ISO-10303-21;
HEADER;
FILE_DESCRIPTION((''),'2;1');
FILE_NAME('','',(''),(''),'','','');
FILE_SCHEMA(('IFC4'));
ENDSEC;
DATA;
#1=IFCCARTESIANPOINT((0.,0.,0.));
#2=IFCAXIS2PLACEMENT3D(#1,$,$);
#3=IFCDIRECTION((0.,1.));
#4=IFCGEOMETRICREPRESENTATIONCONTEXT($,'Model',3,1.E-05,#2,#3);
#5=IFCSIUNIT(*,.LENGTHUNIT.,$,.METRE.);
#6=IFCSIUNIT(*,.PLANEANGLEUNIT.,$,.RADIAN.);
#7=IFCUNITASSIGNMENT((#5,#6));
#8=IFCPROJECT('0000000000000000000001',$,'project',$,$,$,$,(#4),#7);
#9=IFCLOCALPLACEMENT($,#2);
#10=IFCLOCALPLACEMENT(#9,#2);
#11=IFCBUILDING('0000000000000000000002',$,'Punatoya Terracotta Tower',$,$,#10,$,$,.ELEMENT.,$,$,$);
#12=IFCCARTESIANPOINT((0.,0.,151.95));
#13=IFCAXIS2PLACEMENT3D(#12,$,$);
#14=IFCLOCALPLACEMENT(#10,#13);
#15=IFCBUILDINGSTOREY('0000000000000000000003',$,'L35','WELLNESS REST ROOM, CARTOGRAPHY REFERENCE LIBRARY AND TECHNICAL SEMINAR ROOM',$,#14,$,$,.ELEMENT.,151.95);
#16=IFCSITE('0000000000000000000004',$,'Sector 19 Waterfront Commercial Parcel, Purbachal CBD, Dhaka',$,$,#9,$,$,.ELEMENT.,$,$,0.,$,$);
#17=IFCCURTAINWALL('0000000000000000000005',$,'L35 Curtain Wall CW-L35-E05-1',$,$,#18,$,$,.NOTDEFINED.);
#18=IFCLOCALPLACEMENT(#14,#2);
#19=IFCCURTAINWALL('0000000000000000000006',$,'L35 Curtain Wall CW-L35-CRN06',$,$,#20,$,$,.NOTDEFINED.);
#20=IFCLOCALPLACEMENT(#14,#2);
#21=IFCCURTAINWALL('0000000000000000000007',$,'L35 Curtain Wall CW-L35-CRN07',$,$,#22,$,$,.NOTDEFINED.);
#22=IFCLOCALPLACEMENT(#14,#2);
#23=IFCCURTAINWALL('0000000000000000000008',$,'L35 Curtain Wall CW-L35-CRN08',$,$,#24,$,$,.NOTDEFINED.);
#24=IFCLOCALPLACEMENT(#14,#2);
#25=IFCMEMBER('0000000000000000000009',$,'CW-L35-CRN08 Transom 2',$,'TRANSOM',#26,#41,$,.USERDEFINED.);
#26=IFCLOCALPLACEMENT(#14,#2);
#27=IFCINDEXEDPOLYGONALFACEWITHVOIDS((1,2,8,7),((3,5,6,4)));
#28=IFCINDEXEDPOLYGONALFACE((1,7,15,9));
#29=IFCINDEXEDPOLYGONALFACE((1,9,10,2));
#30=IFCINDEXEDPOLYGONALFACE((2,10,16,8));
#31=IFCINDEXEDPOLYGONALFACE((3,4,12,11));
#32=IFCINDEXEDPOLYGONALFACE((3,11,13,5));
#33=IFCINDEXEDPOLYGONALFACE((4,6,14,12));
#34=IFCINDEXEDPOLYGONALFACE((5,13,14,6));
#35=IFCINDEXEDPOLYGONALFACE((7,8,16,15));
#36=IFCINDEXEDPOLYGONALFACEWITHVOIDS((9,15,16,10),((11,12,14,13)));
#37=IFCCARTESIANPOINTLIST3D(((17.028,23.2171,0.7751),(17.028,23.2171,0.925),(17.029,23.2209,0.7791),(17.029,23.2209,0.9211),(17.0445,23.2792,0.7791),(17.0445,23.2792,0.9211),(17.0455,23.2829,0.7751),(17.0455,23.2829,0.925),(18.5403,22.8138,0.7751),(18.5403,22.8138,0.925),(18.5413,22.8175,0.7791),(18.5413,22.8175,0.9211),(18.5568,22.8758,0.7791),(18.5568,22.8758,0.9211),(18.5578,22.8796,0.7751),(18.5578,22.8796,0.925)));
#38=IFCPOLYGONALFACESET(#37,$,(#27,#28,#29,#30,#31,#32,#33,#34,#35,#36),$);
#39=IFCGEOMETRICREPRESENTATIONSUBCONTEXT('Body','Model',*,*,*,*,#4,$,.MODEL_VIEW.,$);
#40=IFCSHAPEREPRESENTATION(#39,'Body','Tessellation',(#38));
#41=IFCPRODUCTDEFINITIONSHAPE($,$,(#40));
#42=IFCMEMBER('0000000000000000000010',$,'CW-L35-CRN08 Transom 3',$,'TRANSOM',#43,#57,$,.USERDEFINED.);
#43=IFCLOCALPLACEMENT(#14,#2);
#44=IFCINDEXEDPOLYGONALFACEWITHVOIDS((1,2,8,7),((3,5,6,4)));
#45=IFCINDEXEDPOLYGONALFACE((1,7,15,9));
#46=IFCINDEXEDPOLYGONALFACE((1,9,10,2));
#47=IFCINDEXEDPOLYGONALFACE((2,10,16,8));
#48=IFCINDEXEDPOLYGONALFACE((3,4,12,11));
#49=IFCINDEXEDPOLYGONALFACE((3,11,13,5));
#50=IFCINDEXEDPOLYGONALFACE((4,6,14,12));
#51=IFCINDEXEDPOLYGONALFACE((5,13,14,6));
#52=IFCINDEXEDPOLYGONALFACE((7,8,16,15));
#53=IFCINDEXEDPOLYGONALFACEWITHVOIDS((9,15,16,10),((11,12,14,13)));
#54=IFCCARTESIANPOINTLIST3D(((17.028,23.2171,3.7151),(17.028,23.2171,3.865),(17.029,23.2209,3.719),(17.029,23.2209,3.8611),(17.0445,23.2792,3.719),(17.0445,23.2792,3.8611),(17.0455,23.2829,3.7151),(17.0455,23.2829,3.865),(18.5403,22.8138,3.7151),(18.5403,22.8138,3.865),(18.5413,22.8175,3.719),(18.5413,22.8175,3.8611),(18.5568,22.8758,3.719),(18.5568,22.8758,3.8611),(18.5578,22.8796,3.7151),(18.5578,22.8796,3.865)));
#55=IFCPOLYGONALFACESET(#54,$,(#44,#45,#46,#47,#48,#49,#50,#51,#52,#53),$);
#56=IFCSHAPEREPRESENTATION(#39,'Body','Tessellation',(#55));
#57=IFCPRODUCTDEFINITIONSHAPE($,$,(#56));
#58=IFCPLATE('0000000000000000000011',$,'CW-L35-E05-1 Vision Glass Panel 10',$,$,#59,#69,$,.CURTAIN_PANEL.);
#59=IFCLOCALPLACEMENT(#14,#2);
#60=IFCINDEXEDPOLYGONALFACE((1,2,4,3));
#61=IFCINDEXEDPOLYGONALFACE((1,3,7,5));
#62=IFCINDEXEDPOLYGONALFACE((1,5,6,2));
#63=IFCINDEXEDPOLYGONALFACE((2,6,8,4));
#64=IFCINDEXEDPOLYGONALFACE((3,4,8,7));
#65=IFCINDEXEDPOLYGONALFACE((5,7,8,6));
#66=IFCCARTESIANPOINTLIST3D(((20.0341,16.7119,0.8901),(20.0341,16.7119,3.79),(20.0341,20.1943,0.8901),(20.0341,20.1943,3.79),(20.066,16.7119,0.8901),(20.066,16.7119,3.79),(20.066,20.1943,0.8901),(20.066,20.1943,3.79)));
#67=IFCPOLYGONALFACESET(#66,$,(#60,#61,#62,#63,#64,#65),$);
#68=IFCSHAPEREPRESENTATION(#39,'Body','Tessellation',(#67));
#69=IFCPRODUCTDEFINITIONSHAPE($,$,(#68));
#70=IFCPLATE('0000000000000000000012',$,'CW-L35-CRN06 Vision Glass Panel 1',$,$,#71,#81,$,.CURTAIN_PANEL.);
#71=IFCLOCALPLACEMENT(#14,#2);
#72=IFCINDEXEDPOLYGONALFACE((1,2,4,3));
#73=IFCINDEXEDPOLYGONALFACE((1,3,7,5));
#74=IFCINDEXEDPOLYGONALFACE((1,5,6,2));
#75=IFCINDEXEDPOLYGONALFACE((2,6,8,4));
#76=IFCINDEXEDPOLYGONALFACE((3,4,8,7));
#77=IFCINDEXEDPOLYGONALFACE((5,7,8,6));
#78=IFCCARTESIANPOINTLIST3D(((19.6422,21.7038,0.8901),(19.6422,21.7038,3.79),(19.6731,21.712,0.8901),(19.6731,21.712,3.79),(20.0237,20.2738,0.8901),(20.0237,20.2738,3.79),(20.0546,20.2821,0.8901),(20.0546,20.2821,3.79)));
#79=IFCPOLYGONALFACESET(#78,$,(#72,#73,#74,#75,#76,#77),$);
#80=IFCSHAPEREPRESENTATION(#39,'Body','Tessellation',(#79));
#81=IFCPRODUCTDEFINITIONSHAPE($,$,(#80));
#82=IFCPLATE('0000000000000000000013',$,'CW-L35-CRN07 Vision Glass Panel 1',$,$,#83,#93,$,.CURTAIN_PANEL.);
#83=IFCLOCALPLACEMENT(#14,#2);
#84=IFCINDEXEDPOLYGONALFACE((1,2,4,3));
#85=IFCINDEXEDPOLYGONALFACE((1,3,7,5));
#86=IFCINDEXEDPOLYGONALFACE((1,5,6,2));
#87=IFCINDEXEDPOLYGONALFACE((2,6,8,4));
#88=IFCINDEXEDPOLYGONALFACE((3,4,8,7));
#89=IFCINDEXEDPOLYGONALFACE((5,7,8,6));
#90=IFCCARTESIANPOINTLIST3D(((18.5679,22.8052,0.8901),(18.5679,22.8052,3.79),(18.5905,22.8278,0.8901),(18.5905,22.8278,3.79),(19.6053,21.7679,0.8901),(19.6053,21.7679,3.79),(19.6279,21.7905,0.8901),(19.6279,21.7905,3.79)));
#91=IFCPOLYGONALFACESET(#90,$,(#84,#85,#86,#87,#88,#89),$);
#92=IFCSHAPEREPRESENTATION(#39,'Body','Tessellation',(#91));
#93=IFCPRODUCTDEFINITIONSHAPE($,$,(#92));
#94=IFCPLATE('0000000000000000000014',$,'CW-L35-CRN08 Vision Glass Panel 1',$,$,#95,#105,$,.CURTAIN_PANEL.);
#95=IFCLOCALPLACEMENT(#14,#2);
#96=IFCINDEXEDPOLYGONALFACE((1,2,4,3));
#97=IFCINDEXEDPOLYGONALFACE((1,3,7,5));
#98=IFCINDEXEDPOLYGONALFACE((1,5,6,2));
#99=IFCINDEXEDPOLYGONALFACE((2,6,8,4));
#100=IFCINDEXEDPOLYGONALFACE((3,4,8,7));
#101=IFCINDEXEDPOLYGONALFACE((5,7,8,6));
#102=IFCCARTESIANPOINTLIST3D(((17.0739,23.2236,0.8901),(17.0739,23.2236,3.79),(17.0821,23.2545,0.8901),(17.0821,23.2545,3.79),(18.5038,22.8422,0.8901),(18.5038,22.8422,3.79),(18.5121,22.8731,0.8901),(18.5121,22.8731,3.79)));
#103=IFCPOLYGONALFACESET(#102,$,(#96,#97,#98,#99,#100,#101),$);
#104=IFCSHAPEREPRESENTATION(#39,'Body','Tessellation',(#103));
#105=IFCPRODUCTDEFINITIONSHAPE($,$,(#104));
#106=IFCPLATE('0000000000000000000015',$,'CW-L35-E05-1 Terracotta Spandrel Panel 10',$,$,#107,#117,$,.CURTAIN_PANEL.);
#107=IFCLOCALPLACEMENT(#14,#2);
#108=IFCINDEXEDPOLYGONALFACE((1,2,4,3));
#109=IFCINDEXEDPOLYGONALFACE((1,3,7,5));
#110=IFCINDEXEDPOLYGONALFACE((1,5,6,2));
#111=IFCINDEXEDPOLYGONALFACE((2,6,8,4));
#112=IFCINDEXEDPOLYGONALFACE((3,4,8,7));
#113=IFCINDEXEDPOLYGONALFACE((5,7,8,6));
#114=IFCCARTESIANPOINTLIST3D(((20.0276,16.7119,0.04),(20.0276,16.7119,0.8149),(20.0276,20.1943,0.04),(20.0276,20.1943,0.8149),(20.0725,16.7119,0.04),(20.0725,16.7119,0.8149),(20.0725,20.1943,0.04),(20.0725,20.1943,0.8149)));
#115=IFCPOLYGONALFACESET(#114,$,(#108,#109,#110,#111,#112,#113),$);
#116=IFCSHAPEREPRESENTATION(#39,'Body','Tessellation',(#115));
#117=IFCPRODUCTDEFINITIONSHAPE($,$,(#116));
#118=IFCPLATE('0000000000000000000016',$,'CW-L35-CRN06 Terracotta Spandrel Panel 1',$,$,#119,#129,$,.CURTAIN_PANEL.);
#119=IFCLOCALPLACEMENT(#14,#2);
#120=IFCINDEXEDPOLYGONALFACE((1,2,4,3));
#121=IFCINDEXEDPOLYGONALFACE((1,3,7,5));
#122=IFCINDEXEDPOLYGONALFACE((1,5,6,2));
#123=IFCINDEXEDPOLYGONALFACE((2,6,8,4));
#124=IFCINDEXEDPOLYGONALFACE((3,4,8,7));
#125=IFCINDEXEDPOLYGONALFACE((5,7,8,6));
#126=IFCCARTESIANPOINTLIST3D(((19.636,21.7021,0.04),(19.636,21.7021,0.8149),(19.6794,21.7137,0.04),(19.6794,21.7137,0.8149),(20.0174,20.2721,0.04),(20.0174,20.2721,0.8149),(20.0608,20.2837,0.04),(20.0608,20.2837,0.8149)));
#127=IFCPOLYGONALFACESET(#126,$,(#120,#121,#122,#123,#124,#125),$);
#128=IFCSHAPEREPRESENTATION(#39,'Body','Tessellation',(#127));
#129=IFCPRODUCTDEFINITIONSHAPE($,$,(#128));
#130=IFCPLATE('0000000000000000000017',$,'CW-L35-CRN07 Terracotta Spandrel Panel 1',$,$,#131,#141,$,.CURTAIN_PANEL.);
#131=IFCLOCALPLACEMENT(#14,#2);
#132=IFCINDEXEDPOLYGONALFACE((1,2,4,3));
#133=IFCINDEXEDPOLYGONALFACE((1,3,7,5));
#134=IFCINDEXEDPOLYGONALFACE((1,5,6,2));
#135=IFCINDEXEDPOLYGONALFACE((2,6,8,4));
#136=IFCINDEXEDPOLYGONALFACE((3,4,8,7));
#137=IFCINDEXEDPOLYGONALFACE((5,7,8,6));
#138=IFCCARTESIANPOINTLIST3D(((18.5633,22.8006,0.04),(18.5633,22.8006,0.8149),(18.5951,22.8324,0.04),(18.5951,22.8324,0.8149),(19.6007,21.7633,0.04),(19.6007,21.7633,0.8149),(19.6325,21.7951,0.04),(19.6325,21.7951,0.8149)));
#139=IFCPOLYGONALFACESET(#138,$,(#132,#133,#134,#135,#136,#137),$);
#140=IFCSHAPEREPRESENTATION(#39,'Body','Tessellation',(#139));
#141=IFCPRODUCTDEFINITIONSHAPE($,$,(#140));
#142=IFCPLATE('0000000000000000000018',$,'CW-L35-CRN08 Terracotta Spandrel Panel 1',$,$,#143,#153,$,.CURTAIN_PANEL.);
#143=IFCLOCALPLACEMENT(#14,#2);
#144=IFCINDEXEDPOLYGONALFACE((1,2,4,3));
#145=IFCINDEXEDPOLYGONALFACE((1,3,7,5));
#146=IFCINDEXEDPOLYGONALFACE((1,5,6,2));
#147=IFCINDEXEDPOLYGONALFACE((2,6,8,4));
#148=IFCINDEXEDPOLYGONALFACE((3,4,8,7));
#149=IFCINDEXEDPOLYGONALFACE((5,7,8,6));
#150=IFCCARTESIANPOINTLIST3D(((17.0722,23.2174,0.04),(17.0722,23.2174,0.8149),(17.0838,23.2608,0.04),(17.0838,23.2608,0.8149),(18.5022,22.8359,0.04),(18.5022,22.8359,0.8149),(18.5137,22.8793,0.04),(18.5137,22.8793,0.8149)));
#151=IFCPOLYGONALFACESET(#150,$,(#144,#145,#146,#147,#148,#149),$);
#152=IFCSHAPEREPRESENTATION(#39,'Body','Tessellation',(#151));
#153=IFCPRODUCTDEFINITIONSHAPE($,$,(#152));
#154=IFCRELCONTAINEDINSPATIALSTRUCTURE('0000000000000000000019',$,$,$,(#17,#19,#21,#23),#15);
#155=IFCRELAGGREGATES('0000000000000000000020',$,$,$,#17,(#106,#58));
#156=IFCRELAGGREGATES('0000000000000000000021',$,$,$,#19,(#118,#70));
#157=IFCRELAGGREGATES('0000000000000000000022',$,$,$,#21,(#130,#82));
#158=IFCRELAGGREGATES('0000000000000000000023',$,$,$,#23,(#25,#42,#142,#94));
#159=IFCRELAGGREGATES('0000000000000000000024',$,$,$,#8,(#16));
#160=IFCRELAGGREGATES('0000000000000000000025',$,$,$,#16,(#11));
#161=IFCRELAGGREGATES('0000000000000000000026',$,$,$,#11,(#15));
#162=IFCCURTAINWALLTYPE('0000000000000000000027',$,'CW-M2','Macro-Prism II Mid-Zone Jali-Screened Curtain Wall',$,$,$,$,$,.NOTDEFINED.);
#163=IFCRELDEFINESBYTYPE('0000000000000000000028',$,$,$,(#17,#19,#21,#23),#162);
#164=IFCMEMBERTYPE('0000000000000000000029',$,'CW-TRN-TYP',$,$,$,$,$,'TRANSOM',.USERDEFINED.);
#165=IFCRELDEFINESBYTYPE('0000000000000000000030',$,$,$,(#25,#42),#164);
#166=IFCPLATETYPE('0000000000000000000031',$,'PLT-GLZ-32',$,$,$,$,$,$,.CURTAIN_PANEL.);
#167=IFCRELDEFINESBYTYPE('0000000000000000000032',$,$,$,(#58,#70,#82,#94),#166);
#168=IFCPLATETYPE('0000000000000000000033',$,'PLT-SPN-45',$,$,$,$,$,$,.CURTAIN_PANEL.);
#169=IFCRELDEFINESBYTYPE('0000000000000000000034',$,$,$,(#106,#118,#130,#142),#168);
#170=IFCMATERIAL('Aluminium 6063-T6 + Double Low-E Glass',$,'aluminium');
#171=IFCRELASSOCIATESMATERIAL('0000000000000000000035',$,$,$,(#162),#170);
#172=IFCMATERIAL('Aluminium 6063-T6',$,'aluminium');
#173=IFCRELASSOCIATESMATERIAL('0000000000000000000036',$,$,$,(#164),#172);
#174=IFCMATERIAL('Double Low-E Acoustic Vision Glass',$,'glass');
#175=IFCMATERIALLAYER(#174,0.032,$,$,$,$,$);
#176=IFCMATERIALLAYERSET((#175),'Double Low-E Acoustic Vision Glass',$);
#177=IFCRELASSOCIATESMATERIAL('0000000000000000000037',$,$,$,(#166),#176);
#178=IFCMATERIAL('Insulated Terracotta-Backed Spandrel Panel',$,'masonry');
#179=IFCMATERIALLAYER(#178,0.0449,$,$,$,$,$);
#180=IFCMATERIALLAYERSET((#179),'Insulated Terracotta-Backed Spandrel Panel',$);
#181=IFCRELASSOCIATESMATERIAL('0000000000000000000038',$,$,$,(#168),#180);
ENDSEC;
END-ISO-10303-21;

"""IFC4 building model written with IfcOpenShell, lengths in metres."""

from ifc_helpers import new_model, si_unit, direction, frame, origin, origin_2d, place, context, subcontext, project, spatial, rectangle, hollow_rectangle, extrude, material, layer, layer_set, material_profile, profile_set, type_object, element, aggregate, save


model = new_model("IFC4")

# Units and contexts
model_context = context("Model", 3, precision=1e-05, world=origin(), true_north=direction((0.0, 1.0)))
body_context = subcontext(model_context, "Body", "Model", "MODEL_VIEW")
ifc_project = project(units=[si_unit("LENGTHUNIT", "METRE"), si_unit("PLANEANGLEUNIT", "RADIAN")], contexts=[model_context])

# Site, building, storey
site_placement = place(None, origin())
site = spatial("IfcSite", under=ifc_project, at=site_placement, Name="Sector 19 Waterfront Commercial Parcel, Purbachal CBD, Dhaka", CompositionType="ELEMENT", RefElevation=0.0)
building_placement = place(site_placement, origin())
building = spatial("IfcBuilding", under=site, at=building_placement, Name="Punatoya Terracotta Tower", CompositionType="ELEMENT")
storey_placement = place(building_placement, frame((0.0, 0.0, 151.95)))
storey = spatial("IfcBuildingStorey", under=building, at=storey_placement, Name="L35", Description="WELLNESS REST ROOM, CARTOGRAPHY REFERENCE LIBRARY AND TECHNICAL SEMINAR ROOM", CompositionType="ELEMENT", Elevation=151.95)

# Curtain walls
ifc_material_1 = material(Name="Aluminium 6063-T6 + Double Low-E Glass", Category="aluminium")
curtain_wall_type = type_object("IfcCurtainWallType", Name="CW-M2", Description="Macro-Prism II Mid-Zone Jali-Screened Curtain Wall", PredefinedType="NOTDEFINED", material=ifc_material_1)
curtain_wall_1_placement = place(storey_placement, origin())
curtain_wall_1 = element("IfcCurtainWall", 1, at=curtain_wall_1_placement, inside=storey, type_object=curtain_wall_type, Name="L35 Curtain Wall CW-L35-E05-1", PredefinedType="NOTDEFINED")
ifc_material_2 = material(Name="Aluminium 6063-T6", Category="aluminium")
curtain_wall_2_placement = place(storey_placement, origin())
curtain_wall_2 = element("IfcCurtainWall", 2, at=curtain_wall_2_placement, inside=storey, type_object=curtain_wall_type, Name="L35 Curtain Wall CW-L35-CRN06", PredefinedType="NOTDEFINED")
curtain_wall_3_placement = place(storey_placement, origin())
curtain_wall_3 = element("IfcCurtainWall", 3, at=curtain_wall_3_placement, inside=storey, type_object=curtain_wall_type, Name="L35 Curtain Wall CW-L35-CRN07", PredefinedType="NOTDEFINED")
curtain_wall_4_placement = place(storey_placement, origin())
curtain_wall_4 = element("IfcCurtainWall", 4, at=curtain_wall_4_placement, inside=storey, type_object=curtain_wall_type, Name="L35 Curtain Wall CW-L35-CRN08", PredefinedType="NOTDEFINED")

# Members
ifc_material_profile_1 = material_profile(ifc_material_2, hollow_rectangle(XDim=0.0681, YDim=0.1499, WallThickness=0.0039, at=origin_2d()))
ifc_profile_set_1 = profile_set([ifc_material_profile_1], Name="Aluminium 6063-T6")
member_type_1 = type_object("IfcMemberType", Name="CW-TRN-TYP", ElementType="TRANSOM", PredefinedType="USERDEFINED", material=ifc_profile_set_1)
member_1_placement = place(storey_placement, frame((18.5491, 22.8467, 0.8501), z_axis=(-0.966225, 0.257701, 0.0), x_axis=(-0.257701, -0.966225, 0.0)))
member_1 = element("IfcMember", 5, at=member_1_placement, type_object=member_type_1, Name="CW-L35-CRN08 Transom 2", ObjectType="TRANSOM", PredefinedType="USERDEFINED", context=body_context, shape_type="SweptSolid", body=[
    extrude(hollow_rectangle(XDim=0.0681, YDim=0.1499, WallThickness=0.0039, at=origin_2d()), origin(), (0.0, 0.0, 1.0), 1.5652),
])
member_2_placement = place(storey_placement, frame((18.5491, 22.8467, 3.79), z_axis=(-0.966225, 0.257701, 0.0), x_axis=(-0.257701, -0.966225, 0.0)))
member_2 = element("IfcMember", 6, at=member_2_placement, type_object=member_type_1, Name="CW-L35-CRN08 Transom 3", ObjectType="TRANSOM", PredefinedType="USERDEFINED", context=body_context, shape_type="SweptSolid", body=[
    extrude(hollow_rectangle(XDim=0.0681, YDim=0.1499, WallThickness=0.0039, at=origin_2d()), origin(), (0.0, 0.0, 1.0), 1.5652),
])

# Plates
ifc_material_3 = material(Name="Double Low-E Acoustic Vision Glass", Category="glass")
ifc_layer_1 = layer(ifc_material_3, 0.032)
ifc_layer_set_1 = layer_set([ifc_layer_1], Name="Double Low-E Acoustic Vision Glass")
plate_type_1 = type_object("IfcPlateType", Name="PLT-GLZ-32", PredefinedType="CURTAIN_PANEL", material=ifc_layer_set_1)
plate_1_placement = place(storey_placement, frame((20.05, 18.4531, 0.8901), z_axis=(0.0, 0.0, 1.0), x_axis=(0.0, 1.0, 0.0)))
plate_1 = element("IfcPlate", 7, at=plate_1_placement, type_object=plate_type_1, Name="CW-L35-E05-1 Vision Glass Panel 10", PredefinedType="CURTAIN_PANEL", context=body_context, shape_type="SweptSolid", body=[
    extrude(rectangle(XDim=3.4824, YDim=0.032, at=origin_2d()), origin(), (0.0, 0.0, 1.0), 2.8999),
])
plate_2_placement = place(storey_placement, frame((19.8484, 20.9929, 0.8901), z_axis=(0.0, 0.0, 1.0), x_axis=(-0.257742, 0.966214, 0.0)))
plate_2 = element("IfcPlate", 8, at=plate_2_placement, type_object=plate_type_1, Name="CW-L35-CRN06 Vision Glass Panel 1", PredefinedType="CURTAIN_PANEL", context=body_context, shape_type="SweptSolid", body=[
    extrude(rectangle(XDim=1.48, YDim=0.032, at=origin_2d()), origin(), (0.0, 0.0, 1.0), 2.8999),
])
plate_3_placement = place(storey_placement, frame((19.0979, 22.2979, 0.8901), z_axis=(0.0, 0.0, 1.0), x_axis=(-0.707107, 0.707107, 0.0)))
plate_3 = element("IfcPlate", 9, at=plate_3_placement, type_object=plate_type_1, Name="CW-L35-CRN07 Vision Glass Panel 1", PredefinedType="CURTAIN_PANEL", context=body_context, shape_type="SweptSolid", body=[
    extrude(rectangle(XDim=1.467, YDim=0.032, at=origin_2d()), origin(), (0.0, 0.0, 1.0), 2.8999),
])
plate_4_placement = place(storey_placement, frame((17.793, 23.0483, 0.8901), z_axis=(0.0, 0.0, 1.0), x_axis=(-0.966214, 0.257742, 0.0)))
plate_4 = element("IfcPlate", 10, at=plate_4_placement, type_object=plate_type_1, Name="CW-L35-CRN08 Vision Glass Panel 1", PredefinedType="CURTAIN_PANEL", context=body_context, shape_type="SweptSolid", body=[
    extrude(rectangle(XDim=1.48, YDim=0.032, at=origin_2d()), origin(), (0.0, 0.0, 1.0), 2.8999),
])
ifc_material_4 = material(Name="Insulated Terracotta-Backed Spandrel Panel", Category="masonry")
ifc_layer_2 = layer(ifc_material_4, 0.0449)
ifc_layer_set_2 = layer_set([ifc_layer_2], Name="Insulated Terracotta-Backed Spandrel Panel")
plate_type_2 = type_object("IfcPlateType", Name="PLT-SPN-45", PredefinedType="CURTAIN_PANEL", material=ifc_layer_set_2)
plate_5_placement = place(storey_placement, frame((20.05, 18.4531, 0.04), z_axis=(0.0, 0.0, 1.0), x_axis=(0.0, 1.0, 0.0)))
plate_5 = element("IfcPlate", 11, at=plate_5_placement, type_object=plate_type_2, Name="CW-L35-E05-1 Terracotta Spandrel Panel 10", PredefinedType="CURTAIN_PANEL", context=body_context, shape_type="SweptSolid", body=[
    extrude(rectangle(XDim=3.4824, YDim=0.0449, at=origin_2d()), origin(), (0.0, 0.0, 1.0), 0.7749),
])
aggregate(curtain_wall_1, [plate_5, plate_1])
plate_6_placement = place(storey_placement, frame((19.8484, 20.9929, 0.04), z_axis=(0.0, 0.0, 1.0), x_axis=(-0.257742, 0.966214, 0.0)))
plate_6 = element("IfcPlate", 12, at=plate_6_placement, type_object=plate_type_2, Name="CW-L35-CRN06 Terracotta Spandrel Panel 1", PredefinedType="CURTAIN_PANEL", context=body_context, shape_type="SweptSolid", body=[
    extrude(rectangle(XDim=1.48, YDim=0.0449, at=origin_2d()), origin(), (0.0, 0.0, 1.0), 0.7749),
])
aggregate(curtain_wall_2, [plate_6, plate_2])
plate_7_placement = place(storey_placement, frame((19.0979, 22.2979, 0.04), z_axis=(0.0, 0.0, 1.0), x_axis=(-0.707107, 0.707107, 0.0)))
plate_7 = element("IfcPlate", 13, at=plate_7_placement, type_object=plate_type_2, Name="CW-L35-CRN07 Terracotta Spandrel Panel 1", PredefinedType="CURTAIN_PANEL", context=body_context, shape_type="SweptSolid", body=[
    extrude(rectangle(XDim=1.467, YDim=0.0449, at=origin_2d()), origin(), (0.0, 0.0, 1.0), 0.7749),
])
aggregate(curtain_wall_3, [plate_7, plate_3])
plate_8_placement = place(storey_placement, frame((17.793, 23.0483, 0.04), z_axis=(0.0, 0.0, 1.0), x_axis=(-0.966214, 0.257742, 0.0)))
plate_8 = element("IfcPlate", 14, at=plate_8_placement, type_object=plate_type_2, Name="CW-L35-CRN08 Terracotta Spandrel Panel 1", PredefinedType="CURTAIN_PANEL", context=body_context, shape_type="SweptSolid", body=[
    extrude(rectangle(XDim=1.48, YDim=0.0449, at=origin_2d()), origin(), (0.0, 0.0, 1.0), 0.7749),
])
aggregate(curtain_wall_4, [member_1, member_2, plate_8, plate_4])

save(model, "model.ifc")
